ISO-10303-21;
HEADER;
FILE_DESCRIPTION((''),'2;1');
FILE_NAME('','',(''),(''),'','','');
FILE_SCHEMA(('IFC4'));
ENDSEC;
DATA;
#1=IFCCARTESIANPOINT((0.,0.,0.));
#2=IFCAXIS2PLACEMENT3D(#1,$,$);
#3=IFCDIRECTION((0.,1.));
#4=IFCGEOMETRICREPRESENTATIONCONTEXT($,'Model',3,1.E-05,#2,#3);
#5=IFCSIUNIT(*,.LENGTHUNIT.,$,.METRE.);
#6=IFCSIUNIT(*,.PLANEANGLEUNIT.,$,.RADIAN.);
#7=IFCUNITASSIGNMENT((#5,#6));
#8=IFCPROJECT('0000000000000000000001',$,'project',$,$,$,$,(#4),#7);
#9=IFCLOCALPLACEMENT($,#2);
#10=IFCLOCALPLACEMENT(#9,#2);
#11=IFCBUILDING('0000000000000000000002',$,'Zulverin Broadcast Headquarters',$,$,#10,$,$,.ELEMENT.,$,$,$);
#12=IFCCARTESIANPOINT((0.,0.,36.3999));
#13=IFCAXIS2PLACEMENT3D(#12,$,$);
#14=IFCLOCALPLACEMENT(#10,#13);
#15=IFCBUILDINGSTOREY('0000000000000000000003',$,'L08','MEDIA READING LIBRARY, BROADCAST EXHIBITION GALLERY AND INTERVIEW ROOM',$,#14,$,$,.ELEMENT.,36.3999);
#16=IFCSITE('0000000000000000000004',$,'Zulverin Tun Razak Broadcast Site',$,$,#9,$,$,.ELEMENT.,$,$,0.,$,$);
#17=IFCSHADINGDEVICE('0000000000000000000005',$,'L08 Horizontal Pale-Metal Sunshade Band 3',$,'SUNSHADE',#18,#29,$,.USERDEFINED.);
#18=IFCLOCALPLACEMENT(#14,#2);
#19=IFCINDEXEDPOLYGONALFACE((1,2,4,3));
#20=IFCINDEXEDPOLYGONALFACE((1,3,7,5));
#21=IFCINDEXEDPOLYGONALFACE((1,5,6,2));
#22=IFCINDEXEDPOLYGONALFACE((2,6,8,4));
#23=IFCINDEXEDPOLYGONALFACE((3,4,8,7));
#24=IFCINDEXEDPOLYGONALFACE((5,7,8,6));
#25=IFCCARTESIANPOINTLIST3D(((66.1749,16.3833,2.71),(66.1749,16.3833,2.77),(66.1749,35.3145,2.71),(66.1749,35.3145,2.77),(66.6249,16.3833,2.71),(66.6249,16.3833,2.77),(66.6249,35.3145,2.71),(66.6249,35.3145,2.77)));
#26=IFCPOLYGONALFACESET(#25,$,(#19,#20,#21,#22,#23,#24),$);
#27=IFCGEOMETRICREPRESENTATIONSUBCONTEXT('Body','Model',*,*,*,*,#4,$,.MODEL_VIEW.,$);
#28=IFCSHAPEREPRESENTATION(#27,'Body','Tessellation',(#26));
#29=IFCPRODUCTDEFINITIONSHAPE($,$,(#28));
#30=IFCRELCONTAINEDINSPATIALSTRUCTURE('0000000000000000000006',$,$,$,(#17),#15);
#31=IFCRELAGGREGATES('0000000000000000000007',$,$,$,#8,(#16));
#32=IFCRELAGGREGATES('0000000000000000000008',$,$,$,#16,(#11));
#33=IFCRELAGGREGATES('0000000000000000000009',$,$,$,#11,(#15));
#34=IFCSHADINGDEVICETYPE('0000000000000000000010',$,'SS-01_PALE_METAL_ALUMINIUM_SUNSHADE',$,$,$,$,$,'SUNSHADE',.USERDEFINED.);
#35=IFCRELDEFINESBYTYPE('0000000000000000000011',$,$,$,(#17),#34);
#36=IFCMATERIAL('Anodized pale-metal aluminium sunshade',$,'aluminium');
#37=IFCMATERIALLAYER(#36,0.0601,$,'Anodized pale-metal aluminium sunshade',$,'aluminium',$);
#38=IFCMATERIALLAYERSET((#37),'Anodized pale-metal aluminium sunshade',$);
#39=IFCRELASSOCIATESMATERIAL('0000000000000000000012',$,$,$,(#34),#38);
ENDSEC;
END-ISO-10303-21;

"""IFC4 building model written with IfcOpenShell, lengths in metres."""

from ifc_helpers import new_model, si_unit, direction, frame, origin, origin_2d, place, context, subcontext, project, spatial, rectangle, extrude, material, layer, layer_set, type_object, element, save


model = new_model("IFC4")

# Units and contexts
model_context = context("Model", 3, precision=1e-05, world=origin(), true_north=direction((0.0, 1.0)))
body_context = subcontext(model_context, "Body", "Model", "MODEL_VIEW")
ifc_project = project(units=[si_unit("LENGTHUNIT", "METRE"), si_unit("PLANEANGLEUNIT", "RADIAN")], contexts=[model_context])

# Site, building, storey
site_placement = place(None, origin())
site = spatial("IfcSite", under=ifc_project, at=site_placement, Name="Zulverin Tun Razak Broadcast Site", CompositionType="ELEMENT", RefElevation=0.0)
building_placement = place(site_placement, origin())
building = spatial("IfcBuilding", under=site, at=building_placement, Name="Zulverin Broadcast Headquarters", CompositionType="ELEMENT")
storey_placement = place(building_placement, frame((0.0, 0.0, 36.3999)))
storey = spatial("IfcBuildingStorey", under=building, at=storey_placement, Name="L08", Description="MEDIA READING LIBRARY, BROADCAST EXHIBITION GALLERY AND INTERVIEW ROOM", CompositionType="ELEMENT", Elevation=36.3999)

# Shading device
ifc_material_1 = material(Name="Anodized pale-metal aluminium sunshade", Category="aluminium")
ifc_layer_1 = layer(ifc_material_1, 0.0601, Name="Anodized pale-metal aluminium sunshade", Category="aluminium")
ifc_layer_set_1 = layer_set([ifc_layer_1], Name="Anodized pale-metal aluminium sunshade")
shading_device_type = type_object("IfcShadingDeviceType", Name="SS-01_PALE_METAL_ALUMINIUM_SUNSHADE", ElementType="SUNSHADE", PredefinedType="USERDEFINED", material=ifc_layer_set_1)
shading_device_placement = place(storey_placement, frame((66.3999, 25.8489, 2.71), z_axis=(0.0, 0.0, 1.0), x_axis=(0.0, 1.0, 0.0)))
element("IfcShadingDevice", 1, at=shading_device_placement, inside=storey, type_object=shading_device_type, Name="L08 Horizontal Pale-Metal Sunshade Band 3", ObjectType="SUNSHADE", PredefinedType="USERDEFINED", context=body_context, shape_type="SweptSolid", body=[
    extrude(rectangle(XDim=18.9312, YDim=0.45, at=origin_2d()), origin(), (0.0, 0.0, 1.0), 0.0601),
])

save(model, "model.ifc")
